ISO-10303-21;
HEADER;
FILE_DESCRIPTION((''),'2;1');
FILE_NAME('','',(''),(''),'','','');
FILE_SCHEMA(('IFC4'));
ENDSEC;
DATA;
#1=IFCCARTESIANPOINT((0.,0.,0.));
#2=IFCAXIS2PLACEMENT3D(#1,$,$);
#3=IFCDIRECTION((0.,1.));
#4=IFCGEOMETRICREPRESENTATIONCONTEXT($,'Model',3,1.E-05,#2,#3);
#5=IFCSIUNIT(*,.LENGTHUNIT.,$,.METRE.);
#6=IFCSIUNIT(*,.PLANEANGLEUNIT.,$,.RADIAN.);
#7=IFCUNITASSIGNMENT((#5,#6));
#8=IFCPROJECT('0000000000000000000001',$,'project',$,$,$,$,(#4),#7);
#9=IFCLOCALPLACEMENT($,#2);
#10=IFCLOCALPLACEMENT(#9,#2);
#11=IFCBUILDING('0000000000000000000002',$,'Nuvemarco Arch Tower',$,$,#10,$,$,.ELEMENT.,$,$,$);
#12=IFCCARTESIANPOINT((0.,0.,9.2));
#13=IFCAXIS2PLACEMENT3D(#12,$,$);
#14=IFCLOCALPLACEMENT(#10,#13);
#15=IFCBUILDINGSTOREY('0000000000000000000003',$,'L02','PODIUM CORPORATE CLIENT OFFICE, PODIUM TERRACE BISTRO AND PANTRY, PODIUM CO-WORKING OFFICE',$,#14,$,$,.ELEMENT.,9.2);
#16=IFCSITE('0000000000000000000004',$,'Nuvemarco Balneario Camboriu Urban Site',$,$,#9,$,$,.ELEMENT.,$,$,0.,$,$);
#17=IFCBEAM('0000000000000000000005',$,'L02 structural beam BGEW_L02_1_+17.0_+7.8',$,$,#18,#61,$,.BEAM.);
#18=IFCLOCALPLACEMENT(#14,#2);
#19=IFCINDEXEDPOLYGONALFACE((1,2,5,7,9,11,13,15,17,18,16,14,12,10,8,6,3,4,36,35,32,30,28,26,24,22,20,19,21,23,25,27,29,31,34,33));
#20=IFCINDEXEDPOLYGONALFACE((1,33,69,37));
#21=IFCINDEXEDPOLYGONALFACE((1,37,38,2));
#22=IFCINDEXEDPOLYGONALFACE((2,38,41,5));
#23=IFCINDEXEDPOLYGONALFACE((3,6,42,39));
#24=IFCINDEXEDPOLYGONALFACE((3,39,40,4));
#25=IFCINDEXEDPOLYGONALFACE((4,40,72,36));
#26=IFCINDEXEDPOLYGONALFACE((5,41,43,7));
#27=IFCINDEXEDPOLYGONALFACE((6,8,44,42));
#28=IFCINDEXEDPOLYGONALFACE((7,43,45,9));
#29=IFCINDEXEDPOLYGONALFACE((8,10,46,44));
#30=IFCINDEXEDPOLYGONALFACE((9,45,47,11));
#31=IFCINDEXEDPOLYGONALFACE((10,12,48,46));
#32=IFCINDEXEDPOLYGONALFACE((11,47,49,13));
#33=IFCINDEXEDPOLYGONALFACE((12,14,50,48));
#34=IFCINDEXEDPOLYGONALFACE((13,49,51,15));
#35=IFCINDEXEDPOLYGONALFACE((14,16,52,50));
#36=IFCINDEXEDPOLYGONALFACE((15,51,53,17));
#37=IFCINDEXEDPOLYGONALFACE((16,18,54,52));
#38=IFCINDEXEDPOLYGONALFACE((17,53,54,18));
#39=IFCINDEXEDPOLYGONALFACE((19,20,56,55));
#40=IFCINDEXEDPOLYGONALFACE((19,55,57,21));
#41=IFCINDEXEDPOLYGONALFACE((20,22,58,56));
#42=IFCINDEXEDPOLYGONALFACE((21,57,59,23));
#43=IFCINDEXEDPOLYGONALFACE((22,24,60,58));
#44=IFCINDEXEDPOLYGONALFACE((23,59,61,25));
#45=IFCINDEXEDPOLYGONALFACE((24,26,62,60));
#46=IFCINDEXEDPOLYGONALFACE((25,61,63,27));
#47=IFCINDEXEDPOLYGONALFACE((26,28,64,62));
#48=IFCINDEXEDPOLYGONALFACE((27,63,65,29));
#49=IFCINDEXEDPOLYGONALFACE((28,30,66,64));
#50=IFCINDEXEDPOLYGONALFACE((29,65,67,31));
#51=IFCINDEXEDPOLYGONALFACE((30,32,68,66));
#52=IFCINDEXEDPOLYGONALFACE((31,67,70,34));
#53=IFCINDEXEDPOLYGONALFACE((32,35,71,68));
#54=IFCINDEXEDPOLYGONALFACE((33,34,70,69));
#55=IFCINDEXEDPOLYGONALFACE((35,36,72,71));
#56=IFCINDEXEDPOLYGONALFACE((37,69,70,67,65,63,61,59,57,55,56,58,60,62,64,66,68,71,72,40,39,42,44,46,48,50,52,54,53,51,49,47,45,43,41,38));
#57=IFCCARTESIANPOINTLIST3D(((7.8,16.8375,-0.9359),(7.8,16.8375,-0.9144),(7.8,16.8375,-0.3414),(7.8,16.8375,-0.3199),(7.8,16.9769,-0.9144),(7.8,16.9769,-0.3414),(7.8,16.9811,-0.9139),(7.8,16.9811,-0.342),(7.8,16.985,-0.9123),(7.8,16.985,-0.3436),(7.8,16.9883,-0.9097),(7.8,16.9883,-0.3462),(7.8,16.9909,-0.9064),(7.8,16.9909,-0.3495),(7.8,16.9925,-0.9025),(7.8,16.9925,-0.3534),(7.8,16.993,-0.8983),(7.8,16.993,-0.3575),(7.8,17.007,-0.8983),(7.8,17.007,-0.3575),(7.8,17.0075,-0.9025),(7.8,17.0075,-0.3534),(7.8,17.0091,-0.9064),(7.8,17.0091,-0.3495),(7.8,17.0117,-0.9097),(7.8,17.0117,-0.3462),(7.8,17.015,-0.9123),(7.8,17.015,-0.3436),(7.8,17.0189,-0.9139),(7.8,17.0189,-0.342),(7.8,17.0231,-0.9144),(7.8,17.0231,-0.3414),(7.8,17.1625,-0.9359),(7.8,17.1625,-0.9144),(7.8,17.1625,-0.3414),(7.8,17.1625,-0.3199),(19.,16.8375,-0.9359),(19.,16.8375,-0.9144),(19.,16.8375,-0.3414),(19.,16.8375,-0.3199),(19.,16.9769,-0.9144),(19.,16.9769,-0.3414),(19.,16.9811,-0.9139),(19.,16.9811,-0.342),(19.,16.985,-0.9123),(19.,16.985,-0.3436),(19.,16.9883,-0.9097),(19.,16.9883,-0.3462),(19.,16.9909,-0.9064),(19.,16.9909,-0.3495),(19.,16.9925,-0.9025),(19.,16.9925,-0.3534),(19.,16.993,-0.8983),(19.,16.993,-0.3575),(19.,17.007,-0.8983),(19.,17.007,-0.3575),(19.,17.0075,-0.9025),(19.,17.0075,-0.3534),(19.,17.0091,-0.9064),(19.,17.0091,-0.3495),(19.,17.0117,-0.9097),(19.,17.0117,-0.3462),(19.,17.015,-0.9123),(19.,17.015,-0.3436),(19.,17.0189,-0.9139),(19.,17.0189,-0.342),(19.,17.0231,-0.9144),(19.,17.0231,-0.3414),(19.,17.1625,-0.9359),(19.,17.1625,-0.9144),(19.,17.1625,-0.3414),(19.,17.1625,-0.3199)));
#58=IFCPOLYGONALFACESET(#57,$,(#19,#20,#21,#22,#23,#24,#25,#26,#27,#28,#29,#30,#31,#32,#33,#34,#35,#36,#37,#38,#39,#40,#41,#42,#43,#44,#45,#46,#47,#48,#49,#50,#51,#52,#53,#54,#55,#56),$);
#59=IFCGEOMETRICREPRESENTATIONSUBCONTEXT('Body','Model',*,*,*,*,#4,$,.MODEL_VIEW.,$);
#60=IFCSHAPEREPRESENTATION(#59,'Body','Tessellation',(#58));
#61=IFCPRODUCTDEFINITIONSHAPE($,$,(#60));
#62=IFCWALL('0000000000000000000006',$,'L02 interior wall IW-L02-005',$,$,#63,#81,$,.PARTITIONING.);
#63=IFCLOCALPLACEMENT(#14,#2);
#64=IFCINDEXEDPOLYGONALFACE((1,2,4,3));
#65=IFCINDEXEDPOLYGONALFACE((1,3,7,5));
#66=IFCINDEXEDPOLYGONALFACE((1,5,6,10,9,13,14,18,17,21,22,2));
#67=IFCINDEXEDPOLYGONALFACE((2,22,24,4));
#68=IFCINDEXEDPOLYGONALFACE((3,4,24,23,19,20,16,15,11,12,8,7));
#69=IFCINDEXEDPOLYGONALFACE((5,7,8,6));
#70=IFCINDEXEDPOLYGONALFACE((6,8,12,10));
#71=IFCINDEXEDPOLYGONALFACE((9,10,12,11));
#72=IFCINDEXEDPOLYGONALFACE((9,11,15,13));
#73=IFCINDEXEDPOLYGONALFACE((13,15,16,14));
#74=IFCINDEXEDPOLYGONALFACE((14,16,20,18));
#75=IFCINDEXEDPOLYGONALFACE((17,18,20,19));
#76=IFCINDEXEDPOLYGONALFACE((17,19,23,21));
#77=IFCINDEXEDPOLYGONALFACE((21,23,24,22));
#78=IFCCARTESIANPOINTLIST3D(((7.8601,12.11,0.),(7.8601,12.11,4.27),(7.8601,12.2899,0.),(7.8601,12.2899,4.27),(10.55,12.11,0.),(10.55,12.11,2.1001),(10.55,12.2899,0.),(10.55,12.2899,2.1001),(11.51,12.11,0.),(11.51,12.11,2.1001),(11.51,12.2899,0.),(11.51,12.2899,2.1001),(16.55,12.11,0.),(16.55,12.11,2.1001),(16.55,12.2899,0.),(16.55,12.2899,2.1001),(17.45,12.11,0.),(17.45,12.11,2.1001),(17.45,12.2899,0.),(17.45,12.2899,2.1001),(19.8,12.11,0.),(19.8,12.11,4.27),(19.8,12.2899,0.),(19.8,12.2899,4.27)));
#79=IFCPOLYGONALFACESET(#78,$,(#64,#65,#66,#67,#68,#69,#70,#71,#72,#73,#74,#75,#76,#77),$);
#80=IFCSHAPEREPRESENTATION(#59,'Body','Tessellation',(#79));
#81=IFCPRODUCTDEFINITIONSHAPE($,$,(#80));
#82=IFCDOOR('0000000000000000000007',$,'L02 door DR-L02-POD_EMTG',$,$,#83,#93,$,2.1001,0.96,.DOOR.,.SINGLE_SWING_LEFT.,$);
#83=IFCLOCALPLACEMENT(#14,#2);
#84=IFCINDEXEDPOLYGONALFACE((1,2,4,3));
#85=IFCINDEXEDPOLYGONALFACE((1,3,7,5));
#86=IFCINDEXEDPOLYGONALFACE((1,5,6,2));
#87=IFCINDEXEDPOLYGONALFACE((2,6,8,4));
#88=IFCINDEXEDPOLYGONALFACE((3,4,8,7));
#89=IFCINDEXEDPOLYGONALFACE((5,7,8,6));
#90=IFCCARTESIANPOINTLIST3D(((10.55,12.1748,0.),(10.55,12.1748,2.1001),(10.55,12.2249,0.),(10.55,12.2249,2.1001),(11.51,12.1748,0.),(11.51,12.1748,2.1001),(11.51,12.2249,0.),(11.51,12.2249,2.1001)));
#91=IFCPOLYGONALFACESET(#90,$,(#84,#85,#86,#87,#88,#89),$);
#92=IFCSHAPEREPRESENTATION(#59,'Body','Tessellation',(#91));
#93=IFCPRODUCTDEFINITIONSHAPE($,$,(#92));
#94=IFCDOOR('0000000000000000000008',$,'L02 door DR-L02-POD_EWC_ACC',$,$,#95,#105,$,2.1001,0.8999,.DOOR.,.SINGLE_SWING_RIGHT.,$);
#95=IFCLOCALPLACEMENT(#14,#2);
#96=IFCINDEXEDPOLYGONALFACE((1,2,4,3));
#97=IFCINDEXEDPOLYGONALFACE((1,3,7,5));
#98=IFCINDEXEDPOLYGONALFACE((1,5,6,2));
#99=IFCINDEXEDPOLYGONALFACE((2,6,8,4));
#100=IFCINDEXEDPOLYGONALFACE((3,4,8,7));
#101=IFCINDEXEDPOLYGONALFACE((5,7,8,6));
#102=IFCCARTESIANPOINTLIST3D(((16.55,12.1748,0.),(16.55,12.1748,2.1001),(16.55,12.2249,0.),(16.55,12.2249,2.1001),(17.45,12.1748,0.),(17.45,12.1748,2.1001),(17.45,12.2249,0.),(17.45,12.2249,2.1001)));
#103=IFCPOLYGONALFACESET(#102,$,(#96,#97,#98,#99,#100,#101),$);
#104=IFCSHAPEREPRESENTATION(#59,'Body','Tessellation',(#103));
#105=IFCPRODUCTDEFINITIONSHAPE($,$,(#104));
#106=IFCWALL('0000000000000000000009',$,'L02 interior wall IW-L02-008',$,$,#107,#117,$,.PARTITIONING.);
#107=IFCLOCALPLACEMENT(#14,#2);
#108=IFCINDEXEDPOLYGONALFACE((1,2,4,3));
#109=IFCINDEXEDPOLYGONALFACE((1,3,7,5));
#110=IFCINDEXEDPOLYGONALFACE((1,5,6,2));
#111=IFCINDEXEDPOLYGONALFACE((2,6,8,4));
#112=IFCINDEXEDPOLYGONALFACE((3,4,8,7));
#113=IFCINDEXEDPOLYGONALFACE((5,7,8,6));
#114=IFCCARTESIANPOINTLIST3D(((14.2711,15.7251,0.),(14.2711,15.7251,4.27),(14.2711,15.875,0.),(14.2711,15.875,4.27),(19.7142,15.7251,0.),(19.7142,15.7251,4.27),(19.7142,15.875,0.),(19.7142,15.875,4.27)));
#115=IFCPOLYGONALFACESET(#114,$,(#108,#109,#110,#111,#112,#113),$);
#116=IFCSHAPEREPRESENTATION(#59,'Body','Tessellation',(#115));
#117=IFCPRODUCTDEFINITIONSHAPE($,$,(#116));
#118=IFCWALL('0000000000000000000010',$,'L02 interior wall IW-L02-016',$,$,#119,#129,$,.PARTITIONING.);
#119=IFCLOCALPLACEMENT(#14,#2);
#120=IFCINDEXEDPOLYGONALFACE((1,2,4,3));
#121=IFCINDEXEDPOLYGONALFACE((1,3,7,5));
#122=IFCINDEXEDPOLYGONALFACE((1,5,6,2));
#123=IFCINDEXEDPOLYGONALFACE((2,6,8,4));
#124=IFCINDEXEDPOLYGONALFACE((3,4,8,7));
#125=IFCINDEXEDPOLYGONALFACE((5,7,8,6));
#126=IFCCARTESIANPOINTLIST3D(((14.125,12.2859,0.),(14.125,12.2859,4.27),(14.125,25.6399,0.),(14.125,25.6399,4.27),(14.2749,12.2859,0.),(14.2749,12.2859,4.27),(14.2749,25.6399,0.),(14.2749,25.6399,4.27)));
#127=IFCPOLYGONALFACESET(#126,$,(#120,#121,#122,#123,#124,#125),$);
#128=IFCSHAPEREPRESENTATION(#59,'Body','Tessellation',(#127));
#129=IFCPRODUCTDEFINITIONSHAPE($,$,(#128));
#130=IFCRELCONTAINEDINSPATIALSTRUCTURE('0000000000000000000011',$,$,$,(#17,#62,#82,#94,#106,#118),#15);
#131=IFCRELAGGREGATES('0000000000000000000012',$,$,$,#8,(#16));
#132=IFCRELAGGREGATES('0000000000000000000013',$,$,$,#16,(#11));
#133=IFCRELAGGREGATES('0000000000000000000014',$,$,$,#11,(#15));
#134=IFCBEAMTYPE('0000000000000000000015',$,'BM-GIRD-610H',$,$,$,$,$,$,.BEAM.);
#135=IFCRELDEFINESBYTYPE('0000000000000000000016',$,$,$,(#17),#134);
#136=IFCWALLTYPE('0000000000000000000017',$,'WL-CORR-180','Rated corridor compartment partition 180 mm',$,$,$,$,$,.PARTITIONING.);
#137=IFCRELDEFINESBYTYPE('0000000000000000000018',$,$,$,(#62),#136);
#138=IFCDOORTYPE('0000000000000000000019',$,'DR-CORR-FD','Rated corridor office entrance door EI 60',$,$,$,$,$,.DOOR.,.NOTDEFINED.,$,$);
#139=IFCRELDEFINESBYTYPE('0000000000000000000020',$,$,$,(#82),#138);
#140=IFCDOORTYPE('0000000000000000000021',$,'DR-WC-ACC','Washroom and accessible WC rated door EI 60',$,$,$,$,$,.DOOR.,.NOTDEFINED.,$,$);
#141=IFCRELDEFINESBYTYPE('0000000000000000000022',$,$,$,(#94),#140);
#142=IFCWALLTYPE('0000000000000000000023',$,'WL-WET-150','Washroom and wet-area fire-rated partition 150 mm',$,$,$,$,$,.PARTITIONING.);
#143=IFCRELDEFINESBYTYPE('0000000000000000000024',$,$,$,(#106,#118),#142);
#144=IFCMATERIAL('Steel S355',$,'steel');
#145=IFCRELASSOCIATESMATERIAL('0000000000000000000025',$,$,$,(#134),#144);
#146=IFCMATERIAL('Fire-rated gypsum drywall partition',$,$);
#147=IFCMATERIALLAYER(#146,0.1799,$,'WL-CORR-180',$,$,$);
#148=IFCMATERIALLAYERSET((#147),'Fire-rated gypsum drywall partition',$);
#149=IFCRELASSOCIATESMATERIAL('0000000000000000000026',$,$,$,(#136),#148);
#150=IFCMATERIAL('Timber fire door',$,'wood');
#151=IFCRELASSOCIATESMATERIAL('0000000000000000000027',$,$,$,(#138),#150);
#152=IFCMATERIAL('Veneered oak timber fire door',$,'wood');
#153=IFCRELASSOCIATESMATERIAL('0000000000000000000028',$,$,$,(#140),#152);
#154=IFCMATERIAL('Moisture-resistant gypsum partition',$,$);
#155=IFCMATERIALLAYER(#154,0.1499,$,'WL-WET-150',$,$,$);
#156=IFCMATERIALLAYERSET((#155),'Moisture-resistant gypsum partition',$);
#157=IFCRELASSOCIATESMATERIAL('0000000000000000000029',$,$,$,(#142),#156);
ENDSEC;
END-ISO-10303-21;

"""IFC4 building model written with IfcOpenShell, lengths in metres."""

from ifc_helpers import new_model, si_unit, direction, frame, frame_2d, origin, origin_2d, place, context, subcontext, project, spatial, rectangle, i_section, extrude, source, transform, mapped, material, layer, layer_set, material_profile, profile_set, type_object, type_shapes, element, fill, save


model = new_model("IFC4")

# Units and contexts
model_context = context("Model", 3, precision=1e-05, world=origin(), true_north=direction((0.0, 1.0)))
body_context = subcontext(model_context, "Body", "Model", "MODEL_VIEW")
ifc_project = project(units=[si_unit("LENGTHUNIT", "METRE"), si_unit("PLANEANGLEUNIT", "RADIAN")], contexts=[model_context])

# Site, building, storey
site_placement = place(None, origin())
site = spatial("IfcSite", under=ifc_project, at=site_placement, Name="Nuvemarco Balneario Camboriu Urban Site", CompositionType="ELEMENT", RefElevation=0.0)
building_placement = place(site_placement, origin())
building = spatial("IfcBuilding", under=site, at=building_placement, Name="Nuvemarco Arch Tower", CompositionType="ELEMENT")
storey_placement = place(building_placement, frame((0.0, 0.0, 9.2)))
storey = spatial("IfcBuildingStorey", under=building, at=storey_placement, Name="L02", Description="PODIUM CORPORATE CLIENT OFFICE, PODIUM TERRACE BISTRO AND PANTRY, PODIUM CO-WORKING OFFICE", CompositionType="ELEMENT", Elevation=9.2)

# Beam
ifc_material_1 = material(Name="Steel S355", Category="steel")
ifc_material_profile_1 = material_profile(ifc_material_1, i_section(OverallWidth=0.325, OverallDepth=0.616, WebThickness=0.0139, FlangeThickness=0.0215, FilletRadius=0.0161, at=origin_2d()), Name="W610x174")
ifc_profile_set_1 = profile_set([ifc_material_profile_1], Name="Steel S355")
beam_type = type_object("IfcBeamType", Name="BM-GIRD-610H", PredefinedType="BEAM", material=ifc_profile_set_1)
beam_1_placement = place(storey_placement, frame((7.8, 17.0, -0.6279), z_axis=(1.0, 0.0, 0.0), x_axis=(0.0, 1.0, 0.0)))
element("IfcBeam", 1, at=beam_1_placement, inside=storey, type_object=beam_type, Name="L02 structural beam BGEW_L02_1_+17.0_+7.8", PredefinedType="BEAM", context=body_context, shape_type="SweptSolid", body=[
    extrude(i_section(OverallWidth=0.325, OverallDepth=0.616, WebThickness=0.0139, FlangeThickness=0.0215, FilletRadius=0.0161, at=origin_2d()), origin(), (0.0, 0.0, 1.0), 11.2),
])

# Wall, openings, doors
ifc_material_2 = material(Name="Fire-rated gypsum drywall partition")
ifc_layer_1 = layer(ifc_material_2, 0.1799, Name="WL-CORR-180")
ifc_layer_set_1 = layer_set([ifc_layer_1], Name="Fire-rated gypsum drywall partition")
wall_type_1 = type_object("IfcWallType", Name="WL-CORR-180", Description="Rated corridor compartment partition 180 mm", PredefinedType="PARTITIONING", material=ifc_layer_set_1)
wall_1_placement = place(storey_placement, frame((7.8601, 12.2, 0.0), z_axis=(0.0, 0.0, 1.0), x_axis=(1.0, 0.0, 0.0)))
wall_1 = element("IfcWall", 2, at=wall_1_placement, inside=storey, type_object=wall_type_1, Name="L02 interior wall IW-L02-005", PredefinedType="PARTITIONING", context=body_context, shape_type="SweptSolid", body=[
    extrude(rectangle(XDim=11.9399, YDim=0.1799, at=frame_2d((5.97, 0.0))), origin(), (0.0, 0.0, 1.0), 4.27),
])
opening_1_placement = place(wall_1_placement, frame((2.6899, 0.0, 0.0)))
opening_1 = element("IfcOpeningElement", 3, at=opening_1_placement, cuts=wall_1, PredefinedType="OPENING", context=body_context, shape_type="SweptSolid", body=[
    extrude(rectangle(XDim=0.96, YDim=2.1001, at=frame_2d((0.48, 1.05))), frame((0.0, 0.0999, 0.0), z_axis=(0.0, -1.0, 0.0), x_axis=(1.0, 0.0, 0.0)), (0.0, 0.0, 1.0), 0.2),
])
opening_2_placement = place(wall_1_placement, frame((8.6899, 0.0, 0.0)))
opening_2 = element("IfcOpeningElement", 4, at=opening_2_placement, cuts=wall_1, PredefinedType="OPENING", context=body_context, shape_type="SweptSolid", body=[
    extrude(rectangle(XDim=0.8999, YDim=2.1001, at=frame_2d((0.45, 1.05))), frame((0.0, 0.0999, 0.0), z_axis=(0.0, -1.0, 0.0), x_axis=(1.0, 0.0, 0.0)), (0.0, 0.0, 1.0), 0.2),
])
ifc_material_3 = material(Name="Timber fire door", Category="wood")
door_type_1 = type_object("IfcDoorType", Name="DR-CORR-FD", Description="Rated corridor office entrance door EI 60", OperationType="NOTDEFINED", PredefinedType="DOOR", material=ifc_material_3)
shared_shape_1 = source(origin(), body_context, "Body", "SweptSolid", [
    extrude(rectangle(XDim=0.96, YDim=2.1001, at=frame_2d((0.48, 1.05))), frame((0.0, 0.0249, 0.0), z_axis=(0.0, -1.0, 0.0), x_axis=(1.0, 0.0, 0.0)), (0.0, 0.0, 1.0), 0.05),
])
type_shapes(door_type_1, [shared_shape_1])
door_1_placement = place(opening_1_placement, origin())
door_1 = element("IfcDoor", 5, at=door_1_placement, inside=storey, type_object=door_type_1, Name="L02 door DR-L02-POD_EMTG", OperationType="SINGLE_SWING_LEFT", OverallHeight=2.1001, OverallWidth=0.96, PredefinedType="DOOR", context=body_context, shape_type="MappedRepresentation", body=[
    mapped(shared_shape_1, transform((0.0, 0.0, 0.0), scale=1.0)),
])
fill(opening_1, door_1)
ifc_material_4 = material(Name="Veneered oak timber fire door", Category="wood")
door_type_2 = type_object("IfcDoorType", Name="DR-WC-ACC", Description="Washroom and accessible WC rated door EI 60", OperationType="NOTDEFINED", PredefinedType="DOOR", material=ifc_material_4)
shared_shape_2 = source(origin(), body_context, "Body", "SweptSolid", [
    extrude(rectangle(XDim=0.8999, YDim=2.1001, at=frame_2d((0.45, 1.05))), frame((0.0, 0.0249, 0.0), z_axis=(0.0, -1.0, 0.0), x_axis=(1.0, 0.0, 0.0)), (0.0, 0.0, 1.0), 0.05),
])
type_shapes(door_type_2, [shared_shape_2])
door_2_placement = place(opening_2_placement, origin())
door_2 = element("IfcDoor", 6, at=door_2_placement, inside=storey, type_object=door_type_2, Name="L02 door DR-L02-POD_EWC_ACC", OperationType="SINGLE_SWING_RIGHT", OverallHeight=2.1001, OverallWidth=0.8999, PredefinedType="DOOR", context=body_context, shape_type="MappedRepresentation", body=[
    mapped(shared_shape_2, transform((0.0, 0.0, 0.0), scale=1.0)),
])
fill(opening_2, door_2)

# Walls
ifc_material_5 = material(Name="Moisture-resistant gypsum partition")
ifc_layer_2 = layer(ifc_material_5, 0.1499, Name="WL-WET-150")
ifc_layer_set_2 = layer_set([ifc_layer_2], Name="Moisture-resistant gypsum partition")
wall_type_2 = type_object("IfcWallType", Name="WL-WET-150", Description="Washroom and wet-area fire-rated partition 150 mm", PredefinedType="PARTITIONING", material=ifc_layer_set_2)
wall_2_placement = place(storey_placement, frame((14.271, 15.8, 0.0), z_axis=(0.0, 0.0, 1.0), x_axis=(1.0, 0.0, 0.0)))
element("IfcWall", 7, at=wall_2_placement, inside=storey, type_object=wall_type_2, Name="L02 interior wall IW-L02-008", PredefinedType="PARTITIONING", context=body_context, shape_type="SweptSolid", body=[
    extrude(rectangle(XDim=5.4431, YDim=0.1499, at=frame_2d((2.7217, 0.0))), origin(), (0.0, 0.0, 1.0), 4.27),
])
wall_3_placement = place(storey_placement, frame((14.2, 12.2859, 0.0), z_axis=(0.0, 0.0, 1.0), x_axis=(0.0, 1.0, 0.0)))
element("IfcWall", 8, at=wall_3_placement, inside=storey, type_object=wall_type_2, Name="L02 interior wall IW-L02-016", PredefinedType="PARTITIONING", context=body_context, shape_type="SweptSolid", body=[
    extrude(rectangle(XDim=13.354, YDim=0.1499, at=frame_2d((6.677, 0.0))), origin(), (0.0, 0.0, 1.0), 4.27),
])

save(model, "model.ifc")
